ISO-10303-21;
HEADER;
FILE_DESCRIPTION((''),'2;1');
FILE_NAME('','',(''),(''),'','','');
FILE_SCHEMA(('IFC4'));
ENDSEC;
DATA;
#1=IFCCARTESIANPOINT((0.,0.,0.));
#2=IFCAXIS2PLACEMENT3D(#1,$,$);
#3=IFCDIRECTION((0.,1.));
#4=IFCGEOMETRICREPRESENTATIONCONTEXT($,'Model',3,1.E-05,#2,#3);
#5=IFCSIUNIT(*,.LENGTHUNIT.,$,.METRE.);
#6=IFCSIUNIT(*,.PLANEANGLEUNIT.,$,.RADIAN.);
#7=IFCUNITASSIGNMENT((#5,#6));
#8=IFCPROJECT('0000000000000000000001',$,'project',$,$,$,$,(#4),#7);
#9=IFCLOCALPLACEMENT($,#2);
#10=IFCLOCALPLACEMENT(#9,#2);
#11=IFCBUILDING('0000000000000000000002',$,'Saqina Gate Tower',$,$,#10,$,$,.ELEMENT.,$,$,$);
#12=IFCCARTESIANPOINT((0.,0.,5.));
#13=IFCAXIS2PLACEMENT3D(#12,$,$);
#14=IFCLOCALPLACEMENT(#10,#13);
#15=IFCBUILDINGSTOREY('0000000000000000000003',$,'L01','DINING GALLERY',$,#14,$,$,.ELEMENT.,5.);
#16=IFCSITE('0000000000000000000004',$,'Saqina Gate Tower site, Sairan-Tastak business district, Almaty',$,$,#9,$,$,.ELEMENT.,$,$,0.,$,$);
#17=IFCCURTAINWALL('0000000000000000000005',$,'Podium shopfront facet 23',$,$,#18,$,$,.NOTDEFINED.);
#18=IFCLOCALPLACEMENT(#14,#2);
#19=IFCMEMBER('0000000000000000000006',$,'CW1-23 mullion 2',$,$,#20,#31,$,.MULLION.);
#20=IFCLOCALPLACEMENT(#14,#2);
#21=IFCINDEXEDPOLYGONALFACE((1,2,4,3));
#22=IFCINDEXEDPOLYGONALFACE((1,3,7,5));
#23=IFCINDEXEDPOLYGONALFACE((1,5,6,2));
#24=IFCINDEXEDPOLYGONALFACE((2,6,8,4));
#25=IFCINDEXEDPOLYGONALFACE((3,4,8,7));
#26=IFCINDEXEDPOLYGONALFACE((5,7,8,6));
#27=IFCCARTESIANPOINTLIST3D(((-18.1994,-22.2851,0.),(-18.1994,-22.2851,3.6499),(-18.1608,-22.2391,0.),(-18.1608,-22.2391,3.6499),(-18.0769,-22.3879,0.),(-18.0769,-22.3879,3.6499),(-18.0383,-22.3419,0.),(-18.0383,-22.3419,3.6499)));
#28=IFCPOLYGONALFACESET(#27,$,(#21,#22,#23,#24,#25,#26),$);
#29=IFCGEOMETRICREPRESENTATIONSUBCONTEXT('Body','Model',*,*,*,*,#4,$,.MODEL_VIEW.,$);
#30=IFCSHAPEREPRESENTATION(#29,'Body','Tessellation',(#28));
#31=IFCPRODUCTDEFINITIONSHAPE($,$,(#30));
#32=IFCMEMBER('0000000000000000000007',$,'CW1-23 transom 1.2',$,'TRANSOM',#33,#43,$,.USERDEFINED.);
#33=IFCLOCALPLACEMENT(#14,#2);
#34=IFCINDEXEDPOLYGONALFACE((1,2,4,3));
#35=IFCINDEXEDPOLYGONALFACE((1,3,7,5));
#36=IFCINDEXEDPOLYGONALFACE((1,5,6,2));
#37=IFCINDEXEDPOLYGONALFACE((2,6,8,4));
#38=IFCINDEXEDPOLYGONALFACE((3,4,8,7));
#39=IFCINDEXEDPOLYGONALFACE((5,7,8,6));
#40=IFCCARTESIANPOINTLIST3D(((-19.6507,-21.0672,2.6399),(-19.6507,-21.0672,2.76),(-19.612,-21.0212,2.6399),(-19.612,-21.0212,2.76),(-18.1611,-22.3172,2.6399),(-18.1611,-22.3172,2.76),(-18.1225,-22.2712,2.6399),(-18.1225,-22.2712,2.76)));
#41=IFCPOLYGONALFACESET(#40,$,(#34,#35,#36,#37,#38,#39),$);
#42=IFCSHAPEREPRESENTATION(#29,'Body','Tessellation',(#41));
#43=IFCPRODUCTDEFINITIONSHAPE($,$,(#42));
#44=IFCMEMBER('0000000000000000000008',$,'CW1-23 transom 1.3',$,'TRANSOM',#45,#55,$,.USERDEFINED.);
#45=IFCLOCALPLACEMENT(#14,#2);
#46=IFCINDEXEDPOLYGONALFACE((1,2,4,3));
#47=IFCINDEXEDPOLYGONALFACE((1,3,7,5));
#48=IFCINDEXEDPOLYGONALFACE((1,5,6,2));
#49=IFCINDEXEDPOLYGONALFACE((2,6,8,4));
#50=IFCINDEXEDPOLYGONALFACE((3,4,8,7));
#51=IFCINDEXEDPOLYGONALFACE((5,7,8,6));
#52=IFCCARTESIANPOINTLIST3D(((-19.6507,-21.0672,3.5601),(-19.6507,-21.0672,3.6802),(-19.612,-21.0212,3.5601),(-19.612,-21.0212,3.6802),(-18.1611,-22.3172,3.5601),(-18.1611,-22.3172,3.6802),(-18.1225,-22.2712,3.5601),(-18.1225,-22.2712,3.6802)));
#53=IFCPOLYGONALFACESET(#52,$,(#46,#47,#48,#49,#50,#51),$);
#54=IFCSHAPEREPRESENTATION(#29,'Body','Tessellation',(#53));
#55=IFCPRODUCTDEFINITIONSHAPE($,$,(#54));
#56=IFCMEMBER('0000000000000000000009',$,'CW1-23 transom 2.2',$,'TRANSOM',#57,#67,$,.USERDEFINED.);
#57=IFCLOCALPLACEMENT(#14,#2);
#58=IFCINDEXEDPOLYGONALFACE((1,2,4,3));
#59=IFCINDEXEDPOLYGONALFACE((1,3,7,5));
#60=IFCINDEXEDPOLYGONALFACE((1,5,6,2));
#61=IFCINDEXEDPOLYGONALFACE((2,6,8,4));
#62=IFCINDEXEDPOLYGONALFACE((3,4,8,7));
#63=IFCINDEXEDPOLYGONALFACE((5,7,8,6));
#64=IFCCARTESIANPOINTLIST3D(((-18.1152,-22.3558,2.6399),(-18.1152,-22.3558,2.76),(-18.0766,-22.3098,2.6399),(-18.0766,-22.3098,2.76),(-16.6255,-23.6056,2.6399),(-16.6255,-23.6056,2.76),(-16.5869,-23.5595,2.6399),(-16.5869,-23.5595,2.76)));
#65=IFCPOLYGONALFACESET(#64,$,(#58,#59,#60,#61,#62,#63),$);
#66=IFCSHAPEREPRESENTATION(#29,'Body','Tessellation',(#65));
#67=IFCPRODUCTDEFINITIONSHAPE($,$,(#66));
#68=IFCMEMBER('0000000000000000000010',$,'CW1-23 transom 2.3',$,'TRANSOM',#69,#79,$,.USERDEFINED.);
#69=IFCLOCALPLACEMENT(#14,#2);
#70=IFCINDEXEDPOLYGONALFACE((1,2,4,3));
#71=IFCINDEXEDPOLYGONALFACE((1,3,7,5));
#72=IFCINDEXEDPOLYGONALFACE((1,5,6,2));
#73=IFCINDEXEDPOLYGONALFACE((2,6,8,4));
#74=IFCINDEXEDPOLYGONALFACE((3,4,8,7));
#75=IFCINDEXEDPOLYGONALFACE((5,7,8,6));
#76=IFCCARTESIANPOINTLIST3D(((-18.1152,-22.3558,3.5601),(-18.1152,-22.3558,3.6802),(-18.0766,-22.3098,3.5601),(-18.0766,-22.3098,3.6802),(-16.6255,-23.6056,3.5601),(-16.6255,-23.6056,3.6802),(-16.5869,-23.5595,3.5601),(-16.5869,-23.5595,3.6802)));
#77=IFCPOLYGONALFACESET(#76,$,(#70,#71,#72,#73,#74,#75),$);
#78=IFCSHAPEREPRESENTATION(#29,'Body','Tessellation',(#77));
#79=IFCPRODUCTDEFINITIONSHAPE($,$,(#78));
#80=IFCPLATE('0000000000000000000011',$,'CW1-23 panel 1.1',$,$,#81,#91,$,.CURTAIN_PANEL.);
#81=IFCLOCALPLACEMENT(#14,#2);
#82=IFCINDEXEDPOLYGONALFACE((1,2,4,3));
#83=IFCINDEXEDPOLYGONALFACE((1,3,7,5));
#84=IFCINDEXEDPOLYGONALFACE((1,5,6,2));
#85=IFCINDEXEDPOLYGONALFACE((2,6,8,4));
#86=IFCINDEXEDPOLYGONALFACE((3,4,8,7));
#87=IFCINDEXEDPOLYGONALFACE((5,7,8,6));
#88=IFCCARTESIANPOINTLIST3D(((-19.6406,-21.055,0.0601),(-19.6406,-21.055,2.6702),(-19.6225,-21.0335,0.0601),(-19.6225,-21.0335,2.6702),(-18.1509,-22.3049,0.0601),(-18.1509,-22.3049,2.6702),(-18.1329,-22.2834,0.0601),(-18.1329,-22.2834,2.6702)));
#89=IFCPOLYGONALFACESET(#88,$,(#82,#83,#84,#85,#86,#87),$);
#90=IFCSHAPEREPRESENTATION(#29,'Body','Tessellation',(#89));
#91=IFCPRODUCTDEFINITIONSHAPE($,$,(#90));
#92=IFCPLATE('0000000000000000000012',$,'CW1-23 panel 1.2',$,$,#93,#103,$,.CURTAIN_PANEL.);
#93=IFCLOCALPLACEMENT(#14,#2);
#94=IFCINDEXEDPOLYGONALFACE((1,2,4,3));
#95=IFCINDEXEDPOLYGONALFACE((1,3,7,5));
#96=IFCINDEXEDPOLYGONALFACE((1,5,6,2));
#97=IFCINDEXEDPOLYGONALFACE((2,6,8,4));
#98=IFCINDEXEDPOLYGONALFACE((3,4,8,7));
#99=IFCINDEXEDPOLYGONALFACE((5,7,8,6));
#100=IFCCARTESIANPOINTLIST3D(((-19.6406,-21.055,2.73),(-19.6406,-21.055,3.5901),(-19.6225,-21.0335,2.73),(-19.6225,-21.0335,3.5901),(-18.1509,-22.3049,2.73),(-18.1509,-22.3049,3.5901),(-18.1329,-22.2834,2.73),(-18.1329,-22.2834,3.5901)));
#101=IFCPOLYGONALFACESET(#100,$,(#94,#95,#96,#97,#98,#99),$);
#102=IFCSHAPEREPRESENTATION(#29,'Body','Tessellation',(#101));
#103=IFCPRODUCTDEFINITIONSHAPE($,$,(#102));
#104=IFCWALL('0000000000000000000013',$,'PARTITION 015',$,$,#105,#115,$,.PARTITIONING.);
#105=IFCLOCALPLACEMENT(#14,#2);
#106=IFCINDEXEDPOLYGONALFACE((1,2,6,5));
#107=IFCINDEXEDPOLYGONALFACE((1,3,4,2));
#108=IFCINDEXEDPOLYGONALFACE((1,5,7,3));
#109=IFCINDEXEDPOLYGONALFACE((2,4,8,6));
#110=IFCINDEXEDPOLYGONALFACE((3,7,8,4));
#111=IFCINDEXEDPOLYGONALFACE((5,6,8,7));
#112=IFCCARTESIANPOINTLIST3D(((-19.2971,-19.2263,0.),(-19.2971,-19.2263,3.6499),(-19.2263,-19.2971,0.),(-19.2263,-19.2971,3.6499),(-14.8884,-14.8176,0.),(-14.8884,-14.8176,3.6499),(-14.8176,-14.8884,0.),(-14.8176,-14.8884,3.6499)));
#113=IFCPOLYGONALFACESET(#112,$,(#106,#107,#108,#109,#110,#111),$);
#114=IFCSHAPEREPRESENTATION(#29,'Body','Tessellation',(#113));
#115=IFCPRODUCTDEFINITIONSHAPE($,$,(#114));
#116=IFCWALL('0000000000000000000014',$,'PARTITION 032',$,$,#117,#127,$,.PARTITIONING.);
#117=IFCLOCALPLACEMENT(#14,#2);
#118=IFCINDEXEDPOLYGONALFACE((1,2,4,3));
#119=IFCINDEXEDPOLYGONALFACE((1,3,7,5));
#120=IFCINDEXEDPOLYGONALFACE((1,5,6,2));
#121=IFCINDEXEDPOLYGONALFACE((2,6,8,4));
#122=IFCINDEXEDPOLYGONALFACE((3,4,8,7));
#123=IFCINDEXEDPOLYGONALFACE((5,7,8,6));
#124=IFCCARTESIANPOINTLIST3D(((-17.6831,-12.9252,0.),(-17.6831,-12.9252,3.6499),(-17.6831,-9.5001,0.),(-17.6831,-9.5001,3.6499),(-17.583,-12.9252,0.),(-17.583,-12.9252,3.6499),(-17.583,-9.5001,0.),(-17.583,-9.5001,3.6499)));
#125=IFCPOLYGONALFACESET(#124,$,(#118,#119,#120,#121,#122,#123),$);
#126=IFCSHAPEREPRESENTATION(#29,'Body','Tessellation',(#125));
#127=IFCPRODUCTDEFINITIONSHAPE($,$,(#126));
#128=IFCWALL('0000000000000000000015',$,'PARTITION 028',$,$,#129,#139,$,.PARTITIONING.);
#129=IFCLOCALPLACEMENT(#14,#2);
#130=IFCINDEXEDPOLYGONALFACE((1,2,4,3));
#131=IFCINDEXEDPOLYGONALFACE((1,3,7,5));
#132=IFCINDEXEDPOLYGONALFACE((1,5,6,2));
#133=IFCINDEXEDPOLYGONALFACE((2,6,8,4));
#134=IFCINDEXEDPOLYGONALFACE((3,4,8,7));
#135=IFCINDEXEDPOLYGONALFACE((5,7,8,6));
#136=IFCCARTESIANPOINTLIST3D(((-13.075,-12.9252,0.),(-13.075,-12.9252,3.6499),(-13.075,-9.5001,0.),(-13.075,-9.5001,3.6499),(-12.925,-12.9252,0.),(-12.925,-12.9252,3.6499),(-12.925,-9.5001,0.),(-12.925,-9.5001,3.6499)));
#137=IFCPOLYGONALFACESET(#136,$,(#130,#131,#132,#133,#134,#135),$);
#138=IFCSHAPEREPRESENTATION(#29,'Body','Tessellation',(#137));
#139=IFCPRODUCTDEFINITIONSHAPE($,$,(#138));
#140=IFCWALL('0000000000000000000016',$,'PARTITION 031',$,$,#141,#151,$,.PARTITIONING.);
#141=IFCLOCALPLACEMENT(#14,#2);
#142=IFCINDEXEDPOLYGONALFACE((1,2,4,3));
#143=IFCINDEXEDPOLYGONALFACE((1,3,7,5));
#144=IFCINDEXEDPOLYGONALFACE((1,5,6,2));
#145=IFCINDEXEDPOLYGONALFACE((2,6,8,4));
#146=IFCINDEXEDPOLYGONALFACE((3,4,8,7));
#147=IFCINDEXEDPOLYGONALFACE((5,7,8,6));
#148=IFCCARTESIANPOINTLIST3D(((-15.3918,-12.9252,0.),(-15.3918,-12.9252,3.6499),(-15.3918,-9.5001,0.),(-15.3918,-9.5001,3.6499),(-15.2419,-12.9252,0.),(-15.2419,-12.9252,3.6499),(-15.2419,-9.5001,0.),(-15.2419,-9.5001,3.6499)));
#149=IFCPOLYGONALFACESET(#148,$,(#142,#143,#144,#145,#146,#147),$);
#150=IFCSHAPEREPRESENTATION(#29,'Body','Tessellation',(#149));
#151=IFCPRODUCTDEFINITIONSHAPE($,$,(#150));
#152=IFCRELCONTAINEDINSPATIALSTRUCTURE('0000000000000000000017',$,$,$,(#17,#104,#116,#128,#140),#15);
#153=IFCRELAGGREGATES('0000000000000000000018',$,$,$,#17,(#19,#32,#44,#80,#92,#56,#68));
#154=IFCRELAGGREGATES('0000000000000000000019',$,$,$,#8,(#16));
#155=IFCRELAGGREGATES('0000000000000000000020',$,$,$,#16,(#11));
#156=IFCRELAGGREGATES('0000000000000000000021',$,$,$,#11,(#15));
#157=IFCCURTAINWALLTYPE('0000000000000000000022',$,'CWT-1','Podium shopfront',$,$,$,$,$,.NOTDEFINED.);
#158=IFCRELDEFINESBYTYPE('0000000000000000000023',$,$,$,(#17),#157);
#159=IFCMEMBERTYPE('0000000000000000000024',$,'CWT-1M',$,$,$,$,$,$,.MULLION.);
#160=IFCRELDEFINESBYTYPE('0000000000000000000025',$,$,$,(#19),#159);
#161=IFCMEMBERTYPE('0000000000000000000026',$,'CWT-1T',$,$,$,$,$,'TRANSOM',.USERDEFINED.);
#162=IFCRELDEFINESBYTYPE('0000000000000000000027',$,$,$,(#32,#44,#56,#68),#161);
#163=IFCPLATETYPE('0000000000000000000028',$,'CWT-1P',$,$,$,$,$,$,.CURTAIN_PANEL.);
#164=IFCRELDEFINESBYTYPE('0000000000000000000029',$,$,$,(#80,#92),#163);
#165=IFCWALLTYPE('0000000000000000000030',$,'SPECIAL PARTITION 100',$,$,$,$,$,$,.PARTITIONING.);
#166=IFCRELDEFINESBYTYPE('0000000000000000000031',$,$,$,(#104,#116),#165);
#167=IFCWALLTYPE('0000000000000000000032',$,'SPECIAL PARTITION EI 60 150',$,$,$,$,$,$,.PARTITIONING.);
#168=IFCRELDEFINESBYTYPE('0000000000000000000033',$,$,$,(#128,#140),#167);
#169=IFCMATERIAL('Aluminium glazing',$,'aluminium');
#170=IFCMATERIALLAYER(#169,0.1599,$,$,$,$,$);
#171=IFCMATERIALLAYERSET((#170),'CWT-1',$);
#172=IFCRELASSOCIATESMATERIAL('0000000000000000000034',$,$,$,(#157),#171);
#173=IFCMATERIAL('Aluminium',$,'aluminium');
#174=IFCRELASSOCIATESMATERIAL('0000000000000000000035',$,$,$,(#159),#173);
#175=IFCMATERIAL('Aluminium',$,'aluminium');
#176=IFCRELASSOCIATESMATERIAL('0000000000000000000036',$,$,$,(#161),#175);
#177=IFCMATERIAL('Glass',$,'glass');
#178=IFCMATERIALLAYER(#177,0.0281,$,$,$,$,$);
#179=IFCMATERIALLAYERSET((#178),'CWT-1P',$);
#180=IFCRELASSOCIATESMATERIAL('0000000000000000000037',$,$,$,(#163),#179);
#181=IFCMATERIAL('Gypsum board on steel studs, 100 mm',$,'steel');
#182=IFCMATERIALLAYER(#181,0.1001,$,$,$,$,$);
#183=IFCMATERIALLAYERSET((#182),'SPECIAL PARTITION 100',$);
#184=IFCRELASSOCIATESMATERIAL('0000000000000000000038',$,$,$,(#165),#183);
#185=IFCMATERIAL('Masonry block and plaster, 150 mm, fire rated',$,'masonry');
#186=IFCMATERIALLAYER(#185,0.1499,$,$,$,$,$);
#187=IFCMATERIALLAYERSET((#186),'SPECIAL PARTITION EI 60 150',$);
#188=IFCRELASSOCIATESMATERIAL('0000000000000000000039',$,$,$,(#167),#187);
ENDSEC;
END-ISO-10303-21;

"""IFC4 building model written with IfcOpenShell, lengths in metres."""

from ifc_helpers import new_model, si_unit, direction, frame, frame_2d, origin, origin_2d, place, context, subcontext, project, spatial, rectangle, extrude, material, layer, layer_set, material_profile, profile_set, type_object, element, aggregate, save


model = new_model("IFC4")

# Units and contexts
model_context = context("Model", 3, precision=1e-05, world=origin(), true_north=direction((0.0, 1.0)))
body_context = subcontext(model_context, "Body", "Model", "MODEL_VIEW")
ifc_project = project(units=[si_unit("LENGTHUNIT", "METRE"), si_unit("PLANEANGLEUNIT", "RADIAN")], contexts=[model_context])

# Site, building, storey
site_placement = place(None, origin())
site = spatial("IfcSite", under=ifc_project, at=site_placement, Name="Saqina Gate Tower site, Sairan-Tastak business district, Almaty", CompositionType="ELEMENT", RefElevation=0.0)
building_placement = place(site_placement, origin())
building = spatial("IfcBuilding", under=site, at=building_placement, Name="Saqina Gate Tower", CompositionType="ELEMENT")
storey_placement = place(building_placement, frame((0.0, 0.0, 5.0)))
storey = spatial("IfcBuildingStorey", under=building, at=storey_placement, Name="L01", Description="DINING GALLERY", CompositionType="ELEMENT", Elevation=5.0)

# Curtain wall, members, plates
ifc_material_1 = material(Name="Aluminium glazing", Category="aluminium")
ifc_layer_1 = layer(ifc_material_1, 0.1599)
ifc_layer_set_1 = layer_set([ifc_layer_1], Name="CWT-1")
curtain_wall_type = type_object("IfcCurtainWallType", Name="CWT-1", Description="Podium shopfront", PredefinedType="NOTDEFINED", material=ifc_layer_set_1)
curtain_wall_placement = place(storey_placement, origin())
curtain_wall = element("IfcCurtainWall", 1, at=curtain_wall_placement, inside=storey, type_object=curtain_wall_type, Name="Podium shopfront facet 23", PredefinedType="NOTDEFINED")
ifc_material_2 = material(Name="Aluminium", Category="aluminium")
ifc_material_profile_1 = material_profile(ifc_material_2, rectangle(XDim=0.0601, YDim=0.1599, at=origin_2d()), Name="Aluminium 60x160")
ifc_profile_set_1 = profile_set([ifc_material_profile_1], Name="Aluminium")
member_type_1 = type_object("IfcMemberType", Name="CWT-1M", PredefinedType="MULLION", material=ifc_profile_set_1)
member_1_placement = place(storey_placement, frame((-18.1189, -22.3135, 0.0), z_axis=(0.0, 0.0, 1.0), x_axis=(0.642779, 0.766051, 0.0)))
member_1 = element("IfcMember", 2, at=member_1_placement, type_object=member_type_1, Name="CW1-23 mullion 2", PredefinedType="MULLION", context=body_context, shape_type="SweptSolid", body=[
    extrude(rectangle(XDim=0.0601, YDim=0.1599, at=origin_2d()), origin(), (0.0, 0.0, 1.0), 3.6499),
])
ifc_material_3 = material(Name="Aluminium", Category="aluminium")
ifc_material_profile_2 = material_profile(ifc_material_3, rectangle(XDim=0.0601, YDim=0.1201, at=origin_2d()), Name="Aluminium 60x120")
ifc_profile_set_2 = profile_set([ifc_material_profile_2], Name="Aluminium")
member_type_2 = type_object("IfcMemberType", Name="CWT-1T", ElementType="TRANSOM", PredefinedType="USERDEFINED", material=ifc_profile_set_2)
member_2_placement = place(storey_placement, frame((-19.6313, -21.0442, 2.7), z_axis=(0.766004, -0.642836, 0.0), x_axis=(0.642836, 0.766004, 0.0)))
member_2 = element("IfcMember", 3, at=member_2_placement, type_object=member_type_2, Name="CW1-23 transom 1.2", ObjectType="TRANSOM", PredefinedType="USERDEFINED", context=body_context, shape_type="SweptSolid", body=[
    extrude(rectangle(XDim=0.0601, YDim=0.1201, at=origin_2d()), origin(), (0.0, 0.0, 1.0), 1.9446),
])
member_3_placement = place(storey_placement, frame((-19.6313, -21.0442, 3.6201), z_axis=(0.766004, -0.642836, 0.0), x_axis=(0.642836, 0.766004, 0.0)))
member_3 = element("IfcMember", 4, at=member_3_placement, type_object=member_type_2, Name="CW1-23 transom 1.3", ObjectType="TRANSOM", PredefinedType="USERDEFINED", context=body_context, shape_type="SweptSolid", body=[
    extrude(rectangle(XDim=0.0601, YDim=0.1201, at=origin_2d()), origin(), (0.0, 0.0, 1.0), 1.9446),
])
member_4_placement = place(storey_placement, frame((-18.0959, -22.3328, 2.7), z_axis=(0.766118, -0.6427, 0.0), x_axis=(0.6427, 0.766118, 0.0)))
member_4 = element("IfcMember", 5, at=member_4_placement, type_object=member_type_2, Name="CW1-23 transom 2.2", ObjectType="TRANSOM", PredefinedType="USERDEFINED", context=body_context, shape_type="SweptSolid", body=[
    extrude(rectangle(XDim=0.0601, YDim=0.1201, at=origin_2d()), origin(), (0.0, 0.0, 1.0), 1.9446),
])
member_5_placement = place(storey_placement, frame((-18.0959, -22.3328, 3.6201), z_axis=(0.766118, -0.6427, 0.0), x_axis=(0.6427, 0.766118, 0.0)))
member_5 = element("IfcMember", 6, at=member_5_placement, type_object=member_type_2, Name="CW1-23 transom 2.3", ObjectType="TRANSOM", PredefinedType="USERDEFINED", context=body_context, shape_type="SweptSolid", body=[
    extrude(rectangle(XDim=0.0601, YDim=0.1201, at=origin_2d()), origin(), (0.0, 0.0, 1.0), 1.9446),
])
ifc_material_4 = material(Name="Glass", Category="glass")
ifc_layer_2 = layer(ifc_material_4, 0.0281)
ifc_layer_set_2 = layer_set([ifc_layer_2], Name="CWT-1P")
plate_type = type_object("IfcPlateType", Name="CWT-1P", PredefinedType="CURTAIN_PANEL", material=ifc_layer_set_2)
plate_1_placement = place(storey_placement, frame((-18.8867, -21.6692, 0.0601), z_axis=(0.0, 0.0, 1.0), x_axis=(0.766051, -0.642779, 0.0)))
plate_1 = element("IfcPlate", 7, at=plate_1_placement, type_object=plate_type, Name="CW1-23 panel 1.1", PredefinedType="CURTAIN_PANEL", context=body_context, shape_type="SweptSolid", body=[
    extrude(rectangle(XDim=1.9446, YDim=0.0281, at=origin_2d()), origin(), (0.0, 0.0, 1.0), 2.6101),
])
plate_2_placement = place(storey_placement, frame((-18.8867, -21.6692, 2.73), z_axis=(0.0, 0.0, 1.0), x_axis=(0.766051, -0.642779, 0.0)))
plate_2 = element("IfcPlate", 8, at=plate_2_placement, type_object=plate_type, Name="CW1-23 panel 1.2", PredefinedType="CURTAIN_PANEL", context=body_context, shape_type="SweptSolid", body=[
    extrude(rectangle(XDim=1.9446, YDim=0.0281, at=origin_2d()), origin(), (0.0, 0.0, 1.0), 0.8601),
])
aggregate(curtain_wall, [member_1, member_2, member_3, plate_1, plate_2, member_4, member_5])

# Walls
ifc_material_5 = material(Name="Gypsum board on steel studs, 100 mm", Category="steel")
ifc_layer_3 = layer(ifc_material_5, 0.1001)
ifc_layer_set_3 = layer_set([ifc_layer_3], Name="SPECIAL PARTITION 100")
wall_type_1 = type_object("IfcWallType", Name="SPECIAL PARTITION 100", PredefinedType="PARTITIONING", material=ifc_layer_set_3)
wall_1_placement = place(storey_placement, frame((-19.2617, -19.2617, 0.0), z_axis=(0.0, 0.0, 1.0), x_axis=(0.707107, 0.707107, 0.0)))
element("IfcWall", 9, at=wall_1_placement, inside=storey, type_object=wall_type_1, Name="PARTITION 015", PredefinedType="PARTITIONING", context=body_context, shape_type="SweptSolid", body=[
    extrude(rectangle(XDim=6.2349, YDim=0.1001, at=frame_2d((3.1174, 0.0))), origin(), (0.0, 0.0, 1.0), 3.6499),
])
wall_2_placement = place(storey_placement, frame((-17.6331, -12.925, 0.0), z_axis=(0.0, 0.0, 1.0), x_axis=(0.0, 1.0, 0.0)))
element("IfcWall", 10, at=wall_2_placement, inside=storey, type_object=wall_type_1, Name="PARTITION 032", PredefinedType="PARTITIONING", context=body_context, shape_type="SweptSolid", body=[
    extrude(rectangle(XDim=3.425, YDim=0.1001, at=frame_2d((1.7124, 0.0))), origin(), (0.0, 0.0, 1.0), 3.6499),
])
ifc_material_6 = material(Name="Masonry block and plaster, 150 mm, fire rated", Category="masonry")
ifc_layer_4 = layer(ifc_material_6, 0.1499)
ifc_layer_set_4 = layer_set([ifc_layer_4], Name="SPECIAL PARTITION EI 60 150")
wall_type_2 = type_object("IfcWallType", Name="SPECIAL PARTITION EI 60 150", PredefinedType="PARTITIONING", material=ifc_layer_set_4)
for number, where, z_axis, x_axis, name in (
    (11, (-13.0, -12.925, 0.0), (0.0, 0.0, 1.0), (0.0, 1.0, 0.0), "PARTITION 028"),
    (12, (-15.3169, -12.925, 0.0), (0.0, 0.0, 1.0), (0.0, 1.0, 0.0), "PARTITION 031"),
):
    element("IfcWall", number, at=place(storey_placement, frame(where, z_axis=z_axis, x_axis=x_axis)), inside=storey, type_object=wall_type_2, Name=name, PredefinedType="PARTITIONING", context=body_context, shape_type="SweptSolid", body=[
        extrude(rectangle(XDim=3.425, YDim=0.1499, at=frame_2d((1.7124, 0.0))), origin(), (0.0, 0.0, 1.0), 3.6499),
    ])

save(model, "model.ifc")
